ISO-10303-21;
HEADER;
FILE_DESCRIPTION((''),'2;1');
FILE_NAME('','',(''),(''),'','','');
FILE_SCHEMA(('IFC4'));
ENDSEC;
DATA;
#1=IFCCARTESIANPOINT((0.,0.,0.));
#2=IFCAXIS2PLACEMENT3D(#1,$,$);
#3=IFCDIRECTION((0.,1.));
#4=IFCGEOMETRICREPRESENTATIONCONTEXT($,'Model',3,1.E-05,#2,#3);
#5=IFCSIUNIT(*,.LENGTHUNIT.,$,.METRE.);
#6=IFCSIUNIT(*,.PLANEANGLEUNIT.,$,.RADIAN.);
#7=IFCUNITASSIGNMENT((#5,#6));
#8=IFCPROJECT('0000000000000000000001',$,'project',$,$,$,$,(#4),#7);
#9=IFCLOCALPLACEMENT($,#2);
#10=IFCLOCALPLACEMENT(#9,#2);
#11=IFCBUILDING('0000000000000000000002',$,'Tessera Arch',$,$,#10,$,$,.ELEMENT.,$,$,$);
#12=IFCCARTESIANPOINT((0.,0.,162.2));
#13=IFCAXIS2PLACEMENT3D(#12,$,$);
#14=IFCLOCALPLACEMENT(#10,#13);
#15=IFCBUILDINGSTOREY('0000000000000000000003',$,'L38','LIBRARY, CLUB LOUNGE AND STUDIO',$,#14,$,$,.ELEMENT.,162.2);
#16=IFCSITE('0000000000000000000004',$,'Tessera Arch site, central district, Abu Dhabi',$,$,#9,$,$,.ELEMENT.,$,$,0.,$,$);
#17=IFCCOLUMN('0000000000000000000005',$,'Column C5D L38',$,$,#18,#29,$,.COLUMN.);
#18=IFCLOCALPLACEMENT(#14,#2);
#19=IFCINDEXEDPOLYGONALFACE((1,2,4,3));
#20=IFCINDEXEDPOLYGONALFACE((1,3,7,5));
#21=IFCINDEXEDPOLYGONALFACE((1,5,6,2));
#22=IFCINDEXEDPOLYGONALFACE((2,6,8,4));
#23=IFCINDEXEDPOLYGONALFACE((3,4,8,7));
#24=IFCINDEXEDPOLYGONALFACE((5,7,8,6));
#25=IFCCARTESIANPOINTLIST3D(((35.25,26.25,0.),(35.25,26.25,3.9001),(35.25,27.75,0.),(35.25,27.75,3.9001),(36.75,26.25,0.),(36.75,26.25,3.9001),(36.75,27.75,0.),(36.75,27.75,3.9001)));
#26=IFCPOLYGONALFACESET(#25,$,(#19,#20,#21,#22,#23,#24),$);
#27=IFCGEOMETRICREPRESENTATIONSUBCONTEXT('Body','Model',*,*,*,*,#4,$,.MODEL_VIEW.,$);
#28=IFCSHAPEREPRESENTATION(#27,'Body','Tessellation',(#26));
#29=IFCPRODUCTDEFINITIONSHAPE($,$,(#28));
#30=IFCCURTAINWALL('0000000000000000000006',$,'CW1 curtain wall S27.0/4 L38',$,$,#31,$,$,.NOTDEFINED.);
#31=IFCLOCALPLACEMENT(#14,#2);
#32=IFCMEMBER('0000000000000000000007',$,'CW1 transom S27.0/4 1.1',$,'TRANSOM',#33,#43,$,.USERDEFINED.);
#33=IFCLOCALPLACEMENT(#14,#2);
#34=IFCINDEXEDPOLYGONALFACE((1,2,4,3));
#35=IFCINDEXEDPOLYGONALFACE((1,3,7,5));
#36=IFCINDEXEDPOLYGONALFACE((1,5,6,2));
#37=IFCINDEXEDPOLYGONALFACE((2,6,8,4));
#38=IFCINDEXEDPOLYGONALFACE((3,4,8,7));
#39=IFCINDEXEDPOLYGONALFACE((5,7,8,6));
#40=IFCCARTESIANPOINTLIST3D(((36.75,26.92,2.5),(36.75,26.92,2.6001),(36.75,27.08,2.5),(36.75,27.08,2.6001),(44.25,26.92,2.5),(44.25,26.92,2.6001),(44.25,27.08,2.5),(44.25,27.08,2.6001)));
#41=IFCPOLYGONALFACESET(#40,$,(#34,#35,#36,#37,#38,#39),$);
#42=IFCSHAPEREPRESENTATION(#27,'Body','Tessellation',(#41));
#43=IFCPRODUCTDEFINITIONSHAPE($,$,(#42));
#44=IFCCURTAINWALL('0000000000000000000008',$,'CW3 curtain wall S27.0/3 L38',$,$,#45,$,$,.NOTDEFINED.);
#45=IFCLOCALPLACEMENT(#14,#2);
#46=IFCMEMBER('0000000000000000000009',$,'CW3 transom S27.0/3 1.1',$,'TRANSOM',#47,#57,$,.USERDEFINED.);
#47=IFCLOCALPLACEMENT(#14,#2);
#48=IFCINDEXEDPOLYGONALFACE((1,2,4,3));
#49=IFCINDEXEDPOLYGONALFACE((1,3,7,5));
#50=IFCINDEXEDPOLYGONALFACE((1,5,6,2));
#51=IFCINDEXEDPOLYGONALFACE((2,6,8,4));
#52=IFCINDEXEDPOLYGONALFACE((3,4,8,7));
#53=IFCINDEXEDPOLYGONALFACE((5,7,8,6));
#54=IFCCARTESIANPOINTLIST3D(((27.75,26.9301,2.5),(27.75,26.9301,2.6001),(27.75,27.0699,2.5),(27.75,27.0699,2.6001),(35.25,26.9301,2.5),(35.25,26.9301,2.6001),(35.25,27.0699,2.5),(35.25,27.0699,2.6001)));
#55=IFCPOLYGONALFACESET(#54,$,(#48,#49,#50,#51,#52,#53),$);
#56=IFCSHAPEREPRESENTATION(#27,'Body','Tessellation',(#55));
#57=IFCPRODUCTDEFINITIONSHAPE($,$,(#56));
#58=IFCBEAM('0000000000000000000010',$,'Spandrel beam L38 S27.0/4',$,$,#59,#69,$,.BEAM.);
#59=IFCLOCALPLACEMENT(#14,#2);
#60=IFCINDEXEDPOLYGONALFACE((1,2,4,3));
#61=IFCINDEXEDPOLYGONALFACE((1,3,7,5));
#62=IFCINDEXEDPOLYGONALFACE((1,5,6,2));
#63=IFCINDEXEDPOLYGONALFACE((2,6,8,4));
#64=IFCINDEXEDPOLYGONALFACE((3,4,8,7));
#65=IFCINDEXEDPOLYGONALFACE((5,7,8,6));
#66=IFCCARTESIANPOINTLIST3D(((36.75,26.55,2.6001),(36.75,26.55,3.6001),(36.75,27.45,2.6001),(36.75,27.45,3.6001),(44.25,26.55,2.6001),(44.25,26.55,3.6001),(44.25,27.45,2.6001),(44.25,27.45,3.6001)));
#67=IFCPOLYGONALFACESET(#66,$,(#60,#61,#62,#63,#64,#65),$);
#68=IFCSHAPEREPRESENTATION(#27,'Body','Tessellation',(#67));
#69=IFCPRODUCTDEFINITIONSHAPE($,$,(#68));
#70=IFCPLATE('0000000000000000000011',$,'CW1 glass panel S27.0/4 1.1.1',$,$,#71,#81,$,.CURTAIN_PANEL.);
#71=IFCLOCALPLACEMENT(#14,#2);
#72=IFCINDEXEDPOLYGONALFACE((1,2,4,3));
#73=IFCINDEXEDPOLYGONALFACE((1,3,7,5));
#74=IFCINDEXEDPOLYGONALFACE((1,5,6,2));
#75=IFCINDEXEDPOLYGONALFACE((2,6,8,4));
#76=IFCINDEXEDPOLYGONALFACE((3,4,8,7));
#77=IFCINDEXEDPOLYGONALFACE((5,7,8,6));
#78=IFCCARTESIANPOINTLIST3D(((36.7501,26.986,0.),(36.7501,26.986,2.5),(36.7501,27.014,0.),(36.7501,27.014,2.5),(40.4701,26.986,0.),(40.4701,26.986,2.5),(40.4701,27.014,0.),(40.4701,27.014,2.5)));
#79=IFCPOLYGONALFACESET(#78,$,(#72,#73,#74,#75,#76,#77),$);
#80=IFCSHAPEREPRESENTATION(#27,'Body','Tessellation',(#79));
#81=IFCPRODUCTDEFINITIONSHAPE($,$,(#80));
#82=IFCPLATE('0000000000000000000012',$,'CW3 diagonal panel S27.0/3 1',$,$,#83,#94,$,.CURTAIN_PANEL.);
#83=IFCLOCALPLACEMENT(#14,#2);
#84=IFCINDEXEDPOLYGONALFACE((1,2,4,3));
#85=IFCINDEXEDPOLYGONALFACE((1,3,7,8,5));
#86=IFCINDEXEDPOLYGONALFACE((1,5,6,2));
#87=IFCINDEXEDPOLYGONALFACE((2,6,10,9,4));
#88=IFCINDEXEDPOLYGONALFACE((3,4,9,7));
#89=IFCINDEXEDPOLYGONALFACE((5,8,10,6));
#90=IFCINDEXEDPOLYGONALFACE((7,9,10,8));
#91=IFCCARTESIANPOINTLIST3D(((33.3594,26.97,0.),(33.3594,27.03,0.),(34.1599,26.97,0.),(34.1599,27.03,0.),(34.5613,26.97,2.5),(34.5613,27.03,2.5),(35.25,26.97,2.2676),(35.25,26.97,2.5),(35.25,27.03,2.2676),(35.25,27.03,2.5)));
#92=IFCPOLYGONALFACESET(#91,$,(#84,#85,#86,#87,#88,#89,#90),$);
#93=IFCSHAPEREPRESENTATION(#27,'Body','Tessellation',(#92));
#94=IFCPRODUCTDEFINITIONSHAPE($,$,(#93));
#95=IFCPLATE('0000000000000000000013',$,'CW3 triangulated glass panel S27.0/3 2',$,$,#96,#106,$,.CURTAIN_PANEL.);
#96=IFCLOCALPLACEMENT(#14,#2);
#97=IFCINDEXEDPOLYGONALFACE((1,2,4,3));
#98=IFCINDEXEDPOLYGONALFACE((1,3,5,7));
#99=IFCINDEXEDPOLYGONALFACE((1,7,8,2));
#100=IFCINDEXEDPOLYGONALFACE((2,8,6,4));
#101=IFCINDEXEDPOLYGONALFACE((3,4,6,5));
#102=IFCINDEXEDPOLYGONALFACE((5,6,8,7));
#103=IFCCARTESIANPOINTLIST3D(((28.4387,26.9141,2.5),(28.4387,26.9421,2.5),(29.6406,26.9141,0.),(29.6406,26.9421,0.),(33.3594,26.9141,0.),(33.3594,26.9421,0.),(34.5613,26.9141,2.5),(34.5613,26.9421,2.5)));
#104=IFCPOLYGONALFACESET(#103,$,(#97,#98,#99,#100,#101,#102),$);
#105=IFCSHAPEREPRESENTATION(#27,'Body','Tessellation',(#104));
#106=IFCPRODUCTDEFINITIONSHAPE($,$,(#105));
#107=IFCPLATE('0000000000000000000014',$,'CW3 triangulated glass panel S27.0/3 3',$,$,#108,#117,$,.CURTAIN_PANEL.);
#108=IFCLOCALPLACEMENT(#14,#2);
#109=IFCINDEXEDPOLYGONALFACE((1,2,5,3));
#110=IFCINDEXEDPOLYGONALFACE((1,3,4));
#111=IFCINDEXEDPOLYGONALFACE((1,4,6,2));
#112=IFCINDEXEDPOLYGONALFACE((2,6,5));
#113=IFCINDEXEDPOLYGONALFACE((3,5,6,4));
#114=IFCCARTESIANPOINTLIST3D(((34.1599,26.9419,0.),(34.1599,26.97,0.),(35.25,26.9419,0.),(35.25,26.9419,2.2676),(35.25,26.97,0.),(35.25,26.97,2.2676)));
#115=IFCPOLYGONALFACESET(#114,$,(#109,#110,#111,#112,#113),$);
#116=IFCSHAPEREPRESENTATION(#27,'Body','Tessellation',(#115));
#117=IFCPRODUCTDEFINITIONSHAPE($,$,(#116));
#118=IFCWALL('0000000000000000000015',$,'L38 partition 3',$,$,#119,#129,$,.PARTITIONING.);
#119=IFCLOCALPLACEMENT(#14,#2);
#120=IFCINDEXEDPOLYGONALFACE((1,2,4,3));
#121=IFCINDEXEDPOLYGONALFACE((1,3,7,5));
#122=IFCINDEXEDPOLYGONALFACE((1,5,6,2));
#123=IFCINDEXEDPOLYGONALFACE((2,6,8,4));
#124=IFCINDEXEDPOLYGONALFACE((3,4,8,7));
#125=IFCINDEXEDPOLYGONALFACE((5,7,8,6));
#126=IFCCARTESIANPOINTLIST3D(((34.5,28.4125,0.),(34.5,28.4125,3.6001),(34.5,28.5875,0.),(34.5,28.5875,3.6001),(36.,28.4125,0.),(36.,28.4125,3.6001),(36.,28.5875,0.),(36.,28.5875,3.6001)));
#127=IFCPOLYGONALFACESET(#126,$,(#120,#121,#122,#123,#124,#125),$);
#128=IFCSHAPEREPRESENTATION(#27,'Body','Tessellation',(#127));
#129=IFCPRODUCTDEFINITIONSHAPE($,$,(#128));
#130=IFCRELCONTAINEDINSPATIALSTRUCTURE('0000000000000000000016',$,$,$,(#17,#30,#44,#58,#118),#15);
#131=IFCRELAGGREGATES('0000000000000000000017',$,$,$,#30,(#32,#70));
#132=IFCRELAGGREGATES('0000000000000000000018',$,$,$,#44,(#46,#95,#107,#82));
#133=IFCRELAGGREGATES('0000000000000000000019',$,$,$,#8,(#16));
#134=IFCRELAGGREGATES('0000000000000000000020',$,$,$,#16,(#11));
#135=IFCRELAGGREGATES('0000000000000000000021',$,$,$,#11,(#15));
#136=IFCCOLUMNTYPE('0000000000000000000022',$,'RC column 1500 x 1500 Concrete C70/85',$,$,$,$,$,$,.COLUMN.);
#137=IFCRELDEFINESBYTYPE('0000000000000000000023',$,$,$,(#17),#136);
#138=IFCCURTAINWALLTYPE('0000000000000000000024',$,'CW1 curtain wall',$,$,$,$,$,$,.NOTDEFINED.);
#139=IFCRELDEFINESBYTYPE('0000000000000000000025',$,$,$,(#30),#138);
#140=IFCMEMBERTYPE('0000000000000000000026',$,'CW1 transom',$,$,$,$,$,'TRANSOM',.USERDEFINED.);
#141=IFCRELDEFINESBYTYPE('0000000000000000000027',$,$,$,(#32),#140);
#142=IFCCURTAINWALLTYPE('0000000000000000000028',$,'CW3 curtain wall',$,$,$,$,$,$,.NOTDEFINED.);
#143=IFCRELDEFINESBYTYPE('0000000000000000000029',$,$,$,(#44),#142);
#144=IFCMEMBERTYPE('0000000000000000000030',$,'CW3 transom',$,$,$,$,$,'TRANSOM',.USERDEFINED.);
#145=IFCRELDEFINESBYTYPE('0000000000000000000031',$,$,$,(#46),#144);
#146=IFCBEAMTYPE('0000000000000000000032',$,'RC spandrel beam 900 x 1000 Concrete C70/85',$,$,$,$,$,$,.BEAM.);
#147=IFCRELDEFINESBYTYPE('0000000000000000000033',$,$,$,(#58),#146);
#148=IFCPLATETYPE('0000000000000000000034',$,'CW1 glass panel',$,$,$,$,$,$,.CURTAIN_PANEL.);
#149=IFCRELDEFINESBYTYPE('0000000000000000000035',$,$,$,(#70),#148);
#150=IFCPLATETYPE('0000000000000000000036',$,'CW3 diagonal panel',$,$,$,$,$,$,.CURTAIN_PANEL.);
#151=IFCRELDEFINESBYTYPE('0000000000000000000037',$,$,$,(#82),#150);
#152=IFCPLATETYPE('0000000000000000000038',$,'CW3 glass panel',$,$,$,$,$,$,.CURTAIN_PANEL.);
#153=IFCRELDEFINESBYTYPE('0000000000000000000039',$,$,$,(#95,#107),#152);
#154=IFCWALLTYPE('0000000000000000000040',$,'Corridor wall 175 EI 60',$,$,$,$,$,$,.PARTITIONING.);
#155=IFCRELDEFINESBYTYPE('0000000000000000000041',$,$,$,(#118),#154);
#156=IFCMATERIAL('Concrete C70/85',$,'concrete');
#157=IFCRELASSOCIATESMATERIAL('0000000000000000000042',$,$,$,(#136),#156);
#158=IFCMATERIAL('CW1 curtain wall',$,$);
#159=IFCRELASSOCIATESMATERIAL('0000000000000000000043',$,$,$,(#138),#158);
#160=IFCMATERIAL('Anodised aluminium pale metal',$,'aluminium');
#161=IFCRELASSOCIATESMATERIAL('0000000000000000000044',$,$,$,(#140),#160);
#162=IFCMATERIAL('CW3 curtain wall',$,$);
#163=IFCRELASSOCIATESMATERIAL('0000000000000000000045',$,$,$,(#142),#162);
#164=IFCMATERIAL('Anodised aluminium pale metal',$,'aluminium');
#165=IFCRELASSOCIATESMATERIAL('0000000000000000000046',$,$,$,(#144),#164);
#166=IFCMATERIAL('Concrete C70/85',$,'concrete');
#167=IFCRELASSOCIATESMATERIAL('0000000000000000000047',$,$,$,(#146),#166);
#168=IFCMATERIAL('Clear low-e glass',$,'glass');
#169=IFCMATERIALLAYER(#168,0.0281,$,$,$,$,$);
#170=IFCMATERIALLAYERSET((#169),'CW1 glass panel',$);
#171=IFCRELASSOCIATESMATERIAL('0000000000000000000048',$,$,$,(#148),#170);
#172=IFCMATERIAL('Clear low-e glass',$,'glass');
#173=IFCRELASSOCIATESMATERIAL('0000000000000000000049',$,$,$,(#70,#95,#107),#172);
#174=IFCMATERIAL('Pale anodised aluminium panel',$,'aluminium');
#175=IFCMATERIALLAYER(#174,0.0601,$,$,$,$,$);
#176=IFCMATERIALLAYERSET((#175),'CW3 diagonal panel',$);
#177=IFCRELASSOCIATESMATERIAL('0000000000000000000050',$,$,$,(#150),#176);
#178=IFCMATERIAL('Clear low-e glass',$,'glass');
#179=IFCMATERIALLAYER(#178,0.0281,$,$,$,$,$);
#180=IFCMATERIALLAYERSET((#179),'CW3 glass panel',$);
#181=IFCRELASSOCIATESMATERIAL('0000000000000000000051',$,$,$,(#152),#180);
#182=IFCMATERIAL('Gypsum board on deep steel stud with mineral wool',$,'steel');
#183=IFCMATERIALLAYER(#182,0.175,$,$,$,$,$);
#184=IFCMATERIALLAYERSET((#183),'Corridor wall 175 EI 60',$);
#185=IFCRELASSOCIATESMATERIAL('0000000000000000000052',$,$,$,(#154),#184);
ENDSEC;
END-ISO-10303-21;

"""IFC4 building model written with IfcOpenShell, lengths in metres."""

from ifc_helpers import new_model, si_unit, direction, frame, frame_2d, origin, origin_2d, place, context, subcontext, project, spatial, polyline, rectangle, outline, extrude, material, layer, layer_set, material_profile, profile_set, type_object, element, aggregate, save


model = new_model("IFC4")

# Units and contexts
model_context = context("Model", 3, precision=1e-05, world=origin(), true_north=direction((0.0, 1.0)))
body_context = subcontext(model_context, "Body", "Model", "MODEL_VIEW")
ifc_project = project(units=[si_unit("LENGTHUNIT", "METRE"), si_unit("PLANEANGLEUNIT", "RADIAN")], contexts=[model_context])

# Site, building, storey
site_placement = place(None, origin())
site = spatial("IfcSite", under=ifc_project, at=site_placement, Name="Tessera Arch site, central district, Abu Dhabi", CompositionType="ELEMENT", RefElevation=0.0)
building_placement = place(site_placement, origin())
building = spatial("IfcBuilding", under=site, at=building_placement, Name="Tessera Arch", CompositionType="ELEMENT")
storey_placement = place(building_placement, frame((0.0, 0.0, 162.2)))
storey = spatial("IfcBuildingStorey", under=building, at=storey_placement, Name="L38", Description="LIBRARY, CLUB LOUNGE AND STUDIO", CompositionType="ELEMENT", Elevation=162.2)

# Column
ifc_material_1 = material(Name="Concrete C70/85", Category="concrete")
ifc_material_profile_1 = material_profile(ifc_material_1, rectangle(XDim=1.5, YDim=1.5, at=origin_2d()), Name="RC column 1500 x 1500 Concrete C70/85")
ifc_profile_set_1 = profile_set([ifc_material_profile_1], Name="Concrete C70/85")
column_type = type_object("IfcColumnType", Name="RC column 1500 x 1500 Concrete C70/85", PredefinedType="COLUMN", material=ifc_profile_set_1)
column_placement = place(storey_placement, frame((36.0, 27.0, 0.0), z_axis=(0.0, 0.0, 1.0), x_axis=(1.0, 0.0, 0.0)))
element("IfcColumn", 1, at=column_placement, inside=storey, type_object=column_type, Name="Column C5D L38", PredefinedType="COLUMN", context=body_context, shape_type="SweptSolid", body=[
    extrude(rectangle(XDim=1.5, YDim=1.5, at=origin_2d()), origin(), (0.0, 0.0, 1.0), 3.9001),
])

# Curtain walls, members
ifc_material_2 = material(Name="CW1 curtain wall")
curtain_wall_type_1 = type_object("IfcCurtainWallType", Name="CW1 curtain wall", PredefinedType="NOTDEFINED", material=ifc_material_2)
curtain_wall_1_placement = place(storey_placement, origin())
curtain_wall_1 = element("IfcCurtainWall", 2, at=curtain_wall_1_placement, inside=storey, type_object=curtain_wall_type_1, Name="CW1 curtain wall S27.0/4 L38", PredefinedType="NOTDEFINED")
ifc_material_3 = material(Name="Anodised aluminium pale metal", Category="aluminium")
ifc_material_profile_2 = material_profile(ifc_material_3, rectangle(XDim=0.1599, YDim=0.1001, at=origin_2d()), Name="AL 160x100")
ifc_profile_set_2 = profile_set([ifc_material_profile_2], Name="Anodised aluminium pale metal")
member_type_1 = type_object("IfcMemberType", Name="CW1 transom", ElementType="TRANSOM", PredefinedType="USERDEFINED", material=ifc_profile_set_2)
member_1_placement = place(storey_placement, frame((36.75, 27.0, 2.55), z_axis=(1.0, 0.0, 0.0), x_axis=(0.0, 1.0, 0.0)))
member_1 = element("IfcMember", 3, at=member_1_placement, type_object=member_type_1, Name="CW1 transom S27.0/4 1.1", ObjectType="TRANSOM", PredefinedType="USERDEFINED", context=body_context, shape_type="SweptSolid", body=[
    extrude(rectangle(XDim=0.1599, YDim=0.1001, at=origin_2d()), origin(), (0.0, 0.0, 1.0), 7.5),
])
ifc_material_4 = material(Name="CW3 curtain wall")
curtain_wall_type_2 = type_object("IfcCurtainWallType", Name="CW3 curtain wall", PredefinedType="NOTDEFINED", material=ifc_material_4)
curtain_wall_2_placement = place(storey_placement, origin())
curtain_wall_2 = element("IfcCurtainWall", 4, at=curtain_wall_2_placement, inside=storey, type_object=curtain_wall_type_2, Name="CW3 curtain wall S27.0/3 L38", PredefinedType="NOTDEFINED")
ifc_material_5 = material(Name="Anodised aluminium pale metal", Category="aluminium")
ifc_material_profile_3 = material_profile(ifc_material_5, rectangle(XDim=0.1399, YDim=0.1001, at=origin_2d()), Name="AL 140x100")
ifc_profile_set_3 = profile_set([ifc_material_profile_3], Name="Anodised aluminium pale metal")
member_type_2 = type_object("IfcMemberType", Name="CW3 transom", ElementType="TRANSOM", PredefinedType="USERDEFINED", material=ifc_profile_set_3)
member_2_placement = place(storey_placement, frame((27.75, 27.0, 2.55), z_axis=(1.0, 0.0, 0.0), x_axis=(0.0, 1.0, 0.0)))
member_2 = element("IfcMember", 5, at=member_2_placement, type_object=member_type_2, Name="CW3 transom S27.0/3 1.1", ObjectType="TRANSOM", PredefinedType="USERDEFINED", context=body_context, shape_type="SweptSolid", body=[
    extrude(rectangle(XDim=0.1399, YDim=0.1001, at=origin_2d()), origin(), (0.0, 0.0, 1.0), 7.5),
])

# Beam
ifc_material_6 = material(Name="Concrete C70/85", Category="concrete")
ifc_material_profile_4 = material_profile(ifc_material_6, rectangle(XDim=0.8999, YDim=1.0, at=origin_2d()), Name="RC spandrel beam 900 x 1000 Concrete C70/85")
ifc_profile_set_4 = profile_set([ifc_material_profile_4], Name="Concrete C70/85")
beam_type = type_object("IfcBeamType", Name="RC spandrel beam 900 x 1000 Concrete C70/85", PredefinedType="BEAM", material=ifc_profile_set_4)
beam_placement = place(storey_placement, frame((36.75, 27.0, 3.1001), z_axis=(1.0, 0.0, 0.0), x_axis=(0.0, 1.0, 0.0)))
element("IfcBeam", 6, at=beam_placement, inside=storey, type_object=beam_type, Name="Spandrel beam L38 S27.0/4", PredefinedType="BEAM", context=body_context, shape_type="SweptSolid", body=[
    extrude(rectangle(XDim=0.8999, YDim=1.0, at=origin_2d()), origin(), (0.0, 0.0, 1.0), 7.5),
])

# Plates
ifc_material_7 = material(Name="Clear low-e glass", Category="glass")
ifc_material_8 = material(Name="Clear low-e glass", Category="glass")
ifc_layer_1 = layer(ifc_material_8, 0.0281)
ifc_layer_set_1 = layer_set([ifc_layer_1], Name="CW1 glass panel")
plate_type_1 = type_object("IfcPlateType", Name="CW1 glass panel", PredefinedType="CURTAIN_PANEL", material=ifc_layer_set_1)
plate_1_placement = place(storey_placement, frame((38.6101, 27.0, 0.0), z_axis=(0.0, 0.0, 1.0), x_axis=(1.0, 0.0, 0.0)))
plate_1 = element("IfcPlate", 7, at=plate_1_placement, type_object=plate_type_1, material=ifc_material_7, Name="CW1 glass panel S27.0/4 1.1.1", PredefinedType="CURTAIN_PANEL", context=body_context, shape_type="SweptSolid", body=[
    extrude(rectangle(XDim=3.72, YDim=0.0281, at=origin_2d()), origin(), (0.0, 0.0, 1.0), 2.5),
])
aggregate(curtain_wall_1, [member_1, plate_1])
ifc_material_9 = material(Name="Pale anodised aluminium panel", Category="aluminium")
ifc_layer_2 = layer(ifc_material_9, 0.0601)
ifc_layer_set_2 = layer_set([ifc_layer_2], Name="CW3 diagonal panel")
plate_type_2 = type_object("IfcPlateType", Name="CW3 diagonal panel", PredefinedType="CURTAIN_PANEL", material=ifc_layer_set_2)
plate_2_placement = place(storey_placement, frame((35.25, 26.97, 2.5), z_axis=(0.0, -1.0, 0.0), x_axis=(-1.0, 0.0, 0.0)))
plate_2 = element("IfcPlate", 8, at=plate_2_placement, type_object=plate_type_2, Name="CW3 diagonal panel S27.0/3 1", PredefinedType="CURTAIN_PANEL", context=body_context, shape_type="SweptSolid", body=[
    extrude(outline(polyline([(0.0, 0.0), (0.6887, 0.0), (1.8906, 2.5), (1.0901, 2.5), (0.0, 0.2324), (0.0, 0.0)])), origin(), (0.0, 0.0, -1.0), 0.0601),
])
ifc_material_10 = material(Name="Clear low-e glass", Category="glass")
ifc_layer_3 = layer(ifc_material_10, 0.0281)
ifc_layer_set_3 = layer_set([ifc_layer_3], Name="CW3 glass panel")
plate_type_3 = type_object("IfcPlateType", Name="CW3 glass panel", PredefinedType="CURTAIN_PANEL", material=ifc_layer_set_3)
plate_3_placement = place(storey_placement, frame((34.5613, 26.9141, 2.5), z_axis=(0.0, -1.0, 0.0), x_axis=(-1.0, 0.0, 0.0)))
plate_3 = element("IfcPlate", 9, at=plate_3_placement, type_object=plate_type_3, material=ifc_material_7, Name="CW3 triangulated glass panel S27.0/3 2", PredefinedType="CURTAIN_PANEL", context=body_context, shape_type="SweptSolid", body=[
    extrude(outline(polyline([(0.0, 0.0), (6.1226, 0.0), (4.9207, 2.5), (1.2019, 2.5), (0.0, 0.0)])), origin(), (0.0, 0.0, -1.0), 0.0281),
])
plate_4_placement = place(storey_placement, frame((35.25, 26.9419, 0.0), z_axis=(0.0, -1.0, 0.0), x_axis=(0.0, 0.0, 1.0)))
plate_4 = element("IfcPlate", 10, at=plate_4_placement, type_object=plate_type_3, material=ifc_material_7, Name="CW3 triangulated glass panel S27.0/3 3", PredefinedType="CURTAIN_PANEL", context=body_context, shape_type="SweptSolid", body=[
    extrude(outline(polyline([(0.0, 0.0), (2.2676, 0.0), (0.0, 1.0901), (0.0, 0.0)])), origin(), (0.0, 0.0, -1.0), 0.0281),
])
aggregate(curtain_wall_2, [member_2, plate_3, plate_4, plate_2])

# Wall
ifc_material_11 = material(Name="Gypsum board on deep steel stud with mineral wool", Category="steel")
ifc_layer_4 = layer(ifc_material_11, 0.175)
ifc_layer_set_4 = layer_set([ifc_layer_4], Name="Corridor wall 175 EI 60")
wall_type = type_object("IfcWallType", Name="Corridor wall 175 EI 60", PredefinedType="PARTITIONING", material=ifc_layer_set_4)
wall_placement = place(storey_placement, frame((34.5, 28.5, 0.0), z_axis=(0.0, 0.0, 1.0), x_axis=(1.0, 0.0, 0.0)))
element("IfcWall", 11, at=wall_placement, inside=storey, type_object=wall_type, Name="L38 partition 3", PredefinedType="PARTITIONING", context=body_context, shape_type="SweptSolid", body=[
    extrude(rectangle(XDim=1.5, YDim=0.175, at=frame_2d((0.75, 0.0))), origin(), (0.0, 0.0, 1.0), 3.6001),
])

save(model, "model.ifc")
